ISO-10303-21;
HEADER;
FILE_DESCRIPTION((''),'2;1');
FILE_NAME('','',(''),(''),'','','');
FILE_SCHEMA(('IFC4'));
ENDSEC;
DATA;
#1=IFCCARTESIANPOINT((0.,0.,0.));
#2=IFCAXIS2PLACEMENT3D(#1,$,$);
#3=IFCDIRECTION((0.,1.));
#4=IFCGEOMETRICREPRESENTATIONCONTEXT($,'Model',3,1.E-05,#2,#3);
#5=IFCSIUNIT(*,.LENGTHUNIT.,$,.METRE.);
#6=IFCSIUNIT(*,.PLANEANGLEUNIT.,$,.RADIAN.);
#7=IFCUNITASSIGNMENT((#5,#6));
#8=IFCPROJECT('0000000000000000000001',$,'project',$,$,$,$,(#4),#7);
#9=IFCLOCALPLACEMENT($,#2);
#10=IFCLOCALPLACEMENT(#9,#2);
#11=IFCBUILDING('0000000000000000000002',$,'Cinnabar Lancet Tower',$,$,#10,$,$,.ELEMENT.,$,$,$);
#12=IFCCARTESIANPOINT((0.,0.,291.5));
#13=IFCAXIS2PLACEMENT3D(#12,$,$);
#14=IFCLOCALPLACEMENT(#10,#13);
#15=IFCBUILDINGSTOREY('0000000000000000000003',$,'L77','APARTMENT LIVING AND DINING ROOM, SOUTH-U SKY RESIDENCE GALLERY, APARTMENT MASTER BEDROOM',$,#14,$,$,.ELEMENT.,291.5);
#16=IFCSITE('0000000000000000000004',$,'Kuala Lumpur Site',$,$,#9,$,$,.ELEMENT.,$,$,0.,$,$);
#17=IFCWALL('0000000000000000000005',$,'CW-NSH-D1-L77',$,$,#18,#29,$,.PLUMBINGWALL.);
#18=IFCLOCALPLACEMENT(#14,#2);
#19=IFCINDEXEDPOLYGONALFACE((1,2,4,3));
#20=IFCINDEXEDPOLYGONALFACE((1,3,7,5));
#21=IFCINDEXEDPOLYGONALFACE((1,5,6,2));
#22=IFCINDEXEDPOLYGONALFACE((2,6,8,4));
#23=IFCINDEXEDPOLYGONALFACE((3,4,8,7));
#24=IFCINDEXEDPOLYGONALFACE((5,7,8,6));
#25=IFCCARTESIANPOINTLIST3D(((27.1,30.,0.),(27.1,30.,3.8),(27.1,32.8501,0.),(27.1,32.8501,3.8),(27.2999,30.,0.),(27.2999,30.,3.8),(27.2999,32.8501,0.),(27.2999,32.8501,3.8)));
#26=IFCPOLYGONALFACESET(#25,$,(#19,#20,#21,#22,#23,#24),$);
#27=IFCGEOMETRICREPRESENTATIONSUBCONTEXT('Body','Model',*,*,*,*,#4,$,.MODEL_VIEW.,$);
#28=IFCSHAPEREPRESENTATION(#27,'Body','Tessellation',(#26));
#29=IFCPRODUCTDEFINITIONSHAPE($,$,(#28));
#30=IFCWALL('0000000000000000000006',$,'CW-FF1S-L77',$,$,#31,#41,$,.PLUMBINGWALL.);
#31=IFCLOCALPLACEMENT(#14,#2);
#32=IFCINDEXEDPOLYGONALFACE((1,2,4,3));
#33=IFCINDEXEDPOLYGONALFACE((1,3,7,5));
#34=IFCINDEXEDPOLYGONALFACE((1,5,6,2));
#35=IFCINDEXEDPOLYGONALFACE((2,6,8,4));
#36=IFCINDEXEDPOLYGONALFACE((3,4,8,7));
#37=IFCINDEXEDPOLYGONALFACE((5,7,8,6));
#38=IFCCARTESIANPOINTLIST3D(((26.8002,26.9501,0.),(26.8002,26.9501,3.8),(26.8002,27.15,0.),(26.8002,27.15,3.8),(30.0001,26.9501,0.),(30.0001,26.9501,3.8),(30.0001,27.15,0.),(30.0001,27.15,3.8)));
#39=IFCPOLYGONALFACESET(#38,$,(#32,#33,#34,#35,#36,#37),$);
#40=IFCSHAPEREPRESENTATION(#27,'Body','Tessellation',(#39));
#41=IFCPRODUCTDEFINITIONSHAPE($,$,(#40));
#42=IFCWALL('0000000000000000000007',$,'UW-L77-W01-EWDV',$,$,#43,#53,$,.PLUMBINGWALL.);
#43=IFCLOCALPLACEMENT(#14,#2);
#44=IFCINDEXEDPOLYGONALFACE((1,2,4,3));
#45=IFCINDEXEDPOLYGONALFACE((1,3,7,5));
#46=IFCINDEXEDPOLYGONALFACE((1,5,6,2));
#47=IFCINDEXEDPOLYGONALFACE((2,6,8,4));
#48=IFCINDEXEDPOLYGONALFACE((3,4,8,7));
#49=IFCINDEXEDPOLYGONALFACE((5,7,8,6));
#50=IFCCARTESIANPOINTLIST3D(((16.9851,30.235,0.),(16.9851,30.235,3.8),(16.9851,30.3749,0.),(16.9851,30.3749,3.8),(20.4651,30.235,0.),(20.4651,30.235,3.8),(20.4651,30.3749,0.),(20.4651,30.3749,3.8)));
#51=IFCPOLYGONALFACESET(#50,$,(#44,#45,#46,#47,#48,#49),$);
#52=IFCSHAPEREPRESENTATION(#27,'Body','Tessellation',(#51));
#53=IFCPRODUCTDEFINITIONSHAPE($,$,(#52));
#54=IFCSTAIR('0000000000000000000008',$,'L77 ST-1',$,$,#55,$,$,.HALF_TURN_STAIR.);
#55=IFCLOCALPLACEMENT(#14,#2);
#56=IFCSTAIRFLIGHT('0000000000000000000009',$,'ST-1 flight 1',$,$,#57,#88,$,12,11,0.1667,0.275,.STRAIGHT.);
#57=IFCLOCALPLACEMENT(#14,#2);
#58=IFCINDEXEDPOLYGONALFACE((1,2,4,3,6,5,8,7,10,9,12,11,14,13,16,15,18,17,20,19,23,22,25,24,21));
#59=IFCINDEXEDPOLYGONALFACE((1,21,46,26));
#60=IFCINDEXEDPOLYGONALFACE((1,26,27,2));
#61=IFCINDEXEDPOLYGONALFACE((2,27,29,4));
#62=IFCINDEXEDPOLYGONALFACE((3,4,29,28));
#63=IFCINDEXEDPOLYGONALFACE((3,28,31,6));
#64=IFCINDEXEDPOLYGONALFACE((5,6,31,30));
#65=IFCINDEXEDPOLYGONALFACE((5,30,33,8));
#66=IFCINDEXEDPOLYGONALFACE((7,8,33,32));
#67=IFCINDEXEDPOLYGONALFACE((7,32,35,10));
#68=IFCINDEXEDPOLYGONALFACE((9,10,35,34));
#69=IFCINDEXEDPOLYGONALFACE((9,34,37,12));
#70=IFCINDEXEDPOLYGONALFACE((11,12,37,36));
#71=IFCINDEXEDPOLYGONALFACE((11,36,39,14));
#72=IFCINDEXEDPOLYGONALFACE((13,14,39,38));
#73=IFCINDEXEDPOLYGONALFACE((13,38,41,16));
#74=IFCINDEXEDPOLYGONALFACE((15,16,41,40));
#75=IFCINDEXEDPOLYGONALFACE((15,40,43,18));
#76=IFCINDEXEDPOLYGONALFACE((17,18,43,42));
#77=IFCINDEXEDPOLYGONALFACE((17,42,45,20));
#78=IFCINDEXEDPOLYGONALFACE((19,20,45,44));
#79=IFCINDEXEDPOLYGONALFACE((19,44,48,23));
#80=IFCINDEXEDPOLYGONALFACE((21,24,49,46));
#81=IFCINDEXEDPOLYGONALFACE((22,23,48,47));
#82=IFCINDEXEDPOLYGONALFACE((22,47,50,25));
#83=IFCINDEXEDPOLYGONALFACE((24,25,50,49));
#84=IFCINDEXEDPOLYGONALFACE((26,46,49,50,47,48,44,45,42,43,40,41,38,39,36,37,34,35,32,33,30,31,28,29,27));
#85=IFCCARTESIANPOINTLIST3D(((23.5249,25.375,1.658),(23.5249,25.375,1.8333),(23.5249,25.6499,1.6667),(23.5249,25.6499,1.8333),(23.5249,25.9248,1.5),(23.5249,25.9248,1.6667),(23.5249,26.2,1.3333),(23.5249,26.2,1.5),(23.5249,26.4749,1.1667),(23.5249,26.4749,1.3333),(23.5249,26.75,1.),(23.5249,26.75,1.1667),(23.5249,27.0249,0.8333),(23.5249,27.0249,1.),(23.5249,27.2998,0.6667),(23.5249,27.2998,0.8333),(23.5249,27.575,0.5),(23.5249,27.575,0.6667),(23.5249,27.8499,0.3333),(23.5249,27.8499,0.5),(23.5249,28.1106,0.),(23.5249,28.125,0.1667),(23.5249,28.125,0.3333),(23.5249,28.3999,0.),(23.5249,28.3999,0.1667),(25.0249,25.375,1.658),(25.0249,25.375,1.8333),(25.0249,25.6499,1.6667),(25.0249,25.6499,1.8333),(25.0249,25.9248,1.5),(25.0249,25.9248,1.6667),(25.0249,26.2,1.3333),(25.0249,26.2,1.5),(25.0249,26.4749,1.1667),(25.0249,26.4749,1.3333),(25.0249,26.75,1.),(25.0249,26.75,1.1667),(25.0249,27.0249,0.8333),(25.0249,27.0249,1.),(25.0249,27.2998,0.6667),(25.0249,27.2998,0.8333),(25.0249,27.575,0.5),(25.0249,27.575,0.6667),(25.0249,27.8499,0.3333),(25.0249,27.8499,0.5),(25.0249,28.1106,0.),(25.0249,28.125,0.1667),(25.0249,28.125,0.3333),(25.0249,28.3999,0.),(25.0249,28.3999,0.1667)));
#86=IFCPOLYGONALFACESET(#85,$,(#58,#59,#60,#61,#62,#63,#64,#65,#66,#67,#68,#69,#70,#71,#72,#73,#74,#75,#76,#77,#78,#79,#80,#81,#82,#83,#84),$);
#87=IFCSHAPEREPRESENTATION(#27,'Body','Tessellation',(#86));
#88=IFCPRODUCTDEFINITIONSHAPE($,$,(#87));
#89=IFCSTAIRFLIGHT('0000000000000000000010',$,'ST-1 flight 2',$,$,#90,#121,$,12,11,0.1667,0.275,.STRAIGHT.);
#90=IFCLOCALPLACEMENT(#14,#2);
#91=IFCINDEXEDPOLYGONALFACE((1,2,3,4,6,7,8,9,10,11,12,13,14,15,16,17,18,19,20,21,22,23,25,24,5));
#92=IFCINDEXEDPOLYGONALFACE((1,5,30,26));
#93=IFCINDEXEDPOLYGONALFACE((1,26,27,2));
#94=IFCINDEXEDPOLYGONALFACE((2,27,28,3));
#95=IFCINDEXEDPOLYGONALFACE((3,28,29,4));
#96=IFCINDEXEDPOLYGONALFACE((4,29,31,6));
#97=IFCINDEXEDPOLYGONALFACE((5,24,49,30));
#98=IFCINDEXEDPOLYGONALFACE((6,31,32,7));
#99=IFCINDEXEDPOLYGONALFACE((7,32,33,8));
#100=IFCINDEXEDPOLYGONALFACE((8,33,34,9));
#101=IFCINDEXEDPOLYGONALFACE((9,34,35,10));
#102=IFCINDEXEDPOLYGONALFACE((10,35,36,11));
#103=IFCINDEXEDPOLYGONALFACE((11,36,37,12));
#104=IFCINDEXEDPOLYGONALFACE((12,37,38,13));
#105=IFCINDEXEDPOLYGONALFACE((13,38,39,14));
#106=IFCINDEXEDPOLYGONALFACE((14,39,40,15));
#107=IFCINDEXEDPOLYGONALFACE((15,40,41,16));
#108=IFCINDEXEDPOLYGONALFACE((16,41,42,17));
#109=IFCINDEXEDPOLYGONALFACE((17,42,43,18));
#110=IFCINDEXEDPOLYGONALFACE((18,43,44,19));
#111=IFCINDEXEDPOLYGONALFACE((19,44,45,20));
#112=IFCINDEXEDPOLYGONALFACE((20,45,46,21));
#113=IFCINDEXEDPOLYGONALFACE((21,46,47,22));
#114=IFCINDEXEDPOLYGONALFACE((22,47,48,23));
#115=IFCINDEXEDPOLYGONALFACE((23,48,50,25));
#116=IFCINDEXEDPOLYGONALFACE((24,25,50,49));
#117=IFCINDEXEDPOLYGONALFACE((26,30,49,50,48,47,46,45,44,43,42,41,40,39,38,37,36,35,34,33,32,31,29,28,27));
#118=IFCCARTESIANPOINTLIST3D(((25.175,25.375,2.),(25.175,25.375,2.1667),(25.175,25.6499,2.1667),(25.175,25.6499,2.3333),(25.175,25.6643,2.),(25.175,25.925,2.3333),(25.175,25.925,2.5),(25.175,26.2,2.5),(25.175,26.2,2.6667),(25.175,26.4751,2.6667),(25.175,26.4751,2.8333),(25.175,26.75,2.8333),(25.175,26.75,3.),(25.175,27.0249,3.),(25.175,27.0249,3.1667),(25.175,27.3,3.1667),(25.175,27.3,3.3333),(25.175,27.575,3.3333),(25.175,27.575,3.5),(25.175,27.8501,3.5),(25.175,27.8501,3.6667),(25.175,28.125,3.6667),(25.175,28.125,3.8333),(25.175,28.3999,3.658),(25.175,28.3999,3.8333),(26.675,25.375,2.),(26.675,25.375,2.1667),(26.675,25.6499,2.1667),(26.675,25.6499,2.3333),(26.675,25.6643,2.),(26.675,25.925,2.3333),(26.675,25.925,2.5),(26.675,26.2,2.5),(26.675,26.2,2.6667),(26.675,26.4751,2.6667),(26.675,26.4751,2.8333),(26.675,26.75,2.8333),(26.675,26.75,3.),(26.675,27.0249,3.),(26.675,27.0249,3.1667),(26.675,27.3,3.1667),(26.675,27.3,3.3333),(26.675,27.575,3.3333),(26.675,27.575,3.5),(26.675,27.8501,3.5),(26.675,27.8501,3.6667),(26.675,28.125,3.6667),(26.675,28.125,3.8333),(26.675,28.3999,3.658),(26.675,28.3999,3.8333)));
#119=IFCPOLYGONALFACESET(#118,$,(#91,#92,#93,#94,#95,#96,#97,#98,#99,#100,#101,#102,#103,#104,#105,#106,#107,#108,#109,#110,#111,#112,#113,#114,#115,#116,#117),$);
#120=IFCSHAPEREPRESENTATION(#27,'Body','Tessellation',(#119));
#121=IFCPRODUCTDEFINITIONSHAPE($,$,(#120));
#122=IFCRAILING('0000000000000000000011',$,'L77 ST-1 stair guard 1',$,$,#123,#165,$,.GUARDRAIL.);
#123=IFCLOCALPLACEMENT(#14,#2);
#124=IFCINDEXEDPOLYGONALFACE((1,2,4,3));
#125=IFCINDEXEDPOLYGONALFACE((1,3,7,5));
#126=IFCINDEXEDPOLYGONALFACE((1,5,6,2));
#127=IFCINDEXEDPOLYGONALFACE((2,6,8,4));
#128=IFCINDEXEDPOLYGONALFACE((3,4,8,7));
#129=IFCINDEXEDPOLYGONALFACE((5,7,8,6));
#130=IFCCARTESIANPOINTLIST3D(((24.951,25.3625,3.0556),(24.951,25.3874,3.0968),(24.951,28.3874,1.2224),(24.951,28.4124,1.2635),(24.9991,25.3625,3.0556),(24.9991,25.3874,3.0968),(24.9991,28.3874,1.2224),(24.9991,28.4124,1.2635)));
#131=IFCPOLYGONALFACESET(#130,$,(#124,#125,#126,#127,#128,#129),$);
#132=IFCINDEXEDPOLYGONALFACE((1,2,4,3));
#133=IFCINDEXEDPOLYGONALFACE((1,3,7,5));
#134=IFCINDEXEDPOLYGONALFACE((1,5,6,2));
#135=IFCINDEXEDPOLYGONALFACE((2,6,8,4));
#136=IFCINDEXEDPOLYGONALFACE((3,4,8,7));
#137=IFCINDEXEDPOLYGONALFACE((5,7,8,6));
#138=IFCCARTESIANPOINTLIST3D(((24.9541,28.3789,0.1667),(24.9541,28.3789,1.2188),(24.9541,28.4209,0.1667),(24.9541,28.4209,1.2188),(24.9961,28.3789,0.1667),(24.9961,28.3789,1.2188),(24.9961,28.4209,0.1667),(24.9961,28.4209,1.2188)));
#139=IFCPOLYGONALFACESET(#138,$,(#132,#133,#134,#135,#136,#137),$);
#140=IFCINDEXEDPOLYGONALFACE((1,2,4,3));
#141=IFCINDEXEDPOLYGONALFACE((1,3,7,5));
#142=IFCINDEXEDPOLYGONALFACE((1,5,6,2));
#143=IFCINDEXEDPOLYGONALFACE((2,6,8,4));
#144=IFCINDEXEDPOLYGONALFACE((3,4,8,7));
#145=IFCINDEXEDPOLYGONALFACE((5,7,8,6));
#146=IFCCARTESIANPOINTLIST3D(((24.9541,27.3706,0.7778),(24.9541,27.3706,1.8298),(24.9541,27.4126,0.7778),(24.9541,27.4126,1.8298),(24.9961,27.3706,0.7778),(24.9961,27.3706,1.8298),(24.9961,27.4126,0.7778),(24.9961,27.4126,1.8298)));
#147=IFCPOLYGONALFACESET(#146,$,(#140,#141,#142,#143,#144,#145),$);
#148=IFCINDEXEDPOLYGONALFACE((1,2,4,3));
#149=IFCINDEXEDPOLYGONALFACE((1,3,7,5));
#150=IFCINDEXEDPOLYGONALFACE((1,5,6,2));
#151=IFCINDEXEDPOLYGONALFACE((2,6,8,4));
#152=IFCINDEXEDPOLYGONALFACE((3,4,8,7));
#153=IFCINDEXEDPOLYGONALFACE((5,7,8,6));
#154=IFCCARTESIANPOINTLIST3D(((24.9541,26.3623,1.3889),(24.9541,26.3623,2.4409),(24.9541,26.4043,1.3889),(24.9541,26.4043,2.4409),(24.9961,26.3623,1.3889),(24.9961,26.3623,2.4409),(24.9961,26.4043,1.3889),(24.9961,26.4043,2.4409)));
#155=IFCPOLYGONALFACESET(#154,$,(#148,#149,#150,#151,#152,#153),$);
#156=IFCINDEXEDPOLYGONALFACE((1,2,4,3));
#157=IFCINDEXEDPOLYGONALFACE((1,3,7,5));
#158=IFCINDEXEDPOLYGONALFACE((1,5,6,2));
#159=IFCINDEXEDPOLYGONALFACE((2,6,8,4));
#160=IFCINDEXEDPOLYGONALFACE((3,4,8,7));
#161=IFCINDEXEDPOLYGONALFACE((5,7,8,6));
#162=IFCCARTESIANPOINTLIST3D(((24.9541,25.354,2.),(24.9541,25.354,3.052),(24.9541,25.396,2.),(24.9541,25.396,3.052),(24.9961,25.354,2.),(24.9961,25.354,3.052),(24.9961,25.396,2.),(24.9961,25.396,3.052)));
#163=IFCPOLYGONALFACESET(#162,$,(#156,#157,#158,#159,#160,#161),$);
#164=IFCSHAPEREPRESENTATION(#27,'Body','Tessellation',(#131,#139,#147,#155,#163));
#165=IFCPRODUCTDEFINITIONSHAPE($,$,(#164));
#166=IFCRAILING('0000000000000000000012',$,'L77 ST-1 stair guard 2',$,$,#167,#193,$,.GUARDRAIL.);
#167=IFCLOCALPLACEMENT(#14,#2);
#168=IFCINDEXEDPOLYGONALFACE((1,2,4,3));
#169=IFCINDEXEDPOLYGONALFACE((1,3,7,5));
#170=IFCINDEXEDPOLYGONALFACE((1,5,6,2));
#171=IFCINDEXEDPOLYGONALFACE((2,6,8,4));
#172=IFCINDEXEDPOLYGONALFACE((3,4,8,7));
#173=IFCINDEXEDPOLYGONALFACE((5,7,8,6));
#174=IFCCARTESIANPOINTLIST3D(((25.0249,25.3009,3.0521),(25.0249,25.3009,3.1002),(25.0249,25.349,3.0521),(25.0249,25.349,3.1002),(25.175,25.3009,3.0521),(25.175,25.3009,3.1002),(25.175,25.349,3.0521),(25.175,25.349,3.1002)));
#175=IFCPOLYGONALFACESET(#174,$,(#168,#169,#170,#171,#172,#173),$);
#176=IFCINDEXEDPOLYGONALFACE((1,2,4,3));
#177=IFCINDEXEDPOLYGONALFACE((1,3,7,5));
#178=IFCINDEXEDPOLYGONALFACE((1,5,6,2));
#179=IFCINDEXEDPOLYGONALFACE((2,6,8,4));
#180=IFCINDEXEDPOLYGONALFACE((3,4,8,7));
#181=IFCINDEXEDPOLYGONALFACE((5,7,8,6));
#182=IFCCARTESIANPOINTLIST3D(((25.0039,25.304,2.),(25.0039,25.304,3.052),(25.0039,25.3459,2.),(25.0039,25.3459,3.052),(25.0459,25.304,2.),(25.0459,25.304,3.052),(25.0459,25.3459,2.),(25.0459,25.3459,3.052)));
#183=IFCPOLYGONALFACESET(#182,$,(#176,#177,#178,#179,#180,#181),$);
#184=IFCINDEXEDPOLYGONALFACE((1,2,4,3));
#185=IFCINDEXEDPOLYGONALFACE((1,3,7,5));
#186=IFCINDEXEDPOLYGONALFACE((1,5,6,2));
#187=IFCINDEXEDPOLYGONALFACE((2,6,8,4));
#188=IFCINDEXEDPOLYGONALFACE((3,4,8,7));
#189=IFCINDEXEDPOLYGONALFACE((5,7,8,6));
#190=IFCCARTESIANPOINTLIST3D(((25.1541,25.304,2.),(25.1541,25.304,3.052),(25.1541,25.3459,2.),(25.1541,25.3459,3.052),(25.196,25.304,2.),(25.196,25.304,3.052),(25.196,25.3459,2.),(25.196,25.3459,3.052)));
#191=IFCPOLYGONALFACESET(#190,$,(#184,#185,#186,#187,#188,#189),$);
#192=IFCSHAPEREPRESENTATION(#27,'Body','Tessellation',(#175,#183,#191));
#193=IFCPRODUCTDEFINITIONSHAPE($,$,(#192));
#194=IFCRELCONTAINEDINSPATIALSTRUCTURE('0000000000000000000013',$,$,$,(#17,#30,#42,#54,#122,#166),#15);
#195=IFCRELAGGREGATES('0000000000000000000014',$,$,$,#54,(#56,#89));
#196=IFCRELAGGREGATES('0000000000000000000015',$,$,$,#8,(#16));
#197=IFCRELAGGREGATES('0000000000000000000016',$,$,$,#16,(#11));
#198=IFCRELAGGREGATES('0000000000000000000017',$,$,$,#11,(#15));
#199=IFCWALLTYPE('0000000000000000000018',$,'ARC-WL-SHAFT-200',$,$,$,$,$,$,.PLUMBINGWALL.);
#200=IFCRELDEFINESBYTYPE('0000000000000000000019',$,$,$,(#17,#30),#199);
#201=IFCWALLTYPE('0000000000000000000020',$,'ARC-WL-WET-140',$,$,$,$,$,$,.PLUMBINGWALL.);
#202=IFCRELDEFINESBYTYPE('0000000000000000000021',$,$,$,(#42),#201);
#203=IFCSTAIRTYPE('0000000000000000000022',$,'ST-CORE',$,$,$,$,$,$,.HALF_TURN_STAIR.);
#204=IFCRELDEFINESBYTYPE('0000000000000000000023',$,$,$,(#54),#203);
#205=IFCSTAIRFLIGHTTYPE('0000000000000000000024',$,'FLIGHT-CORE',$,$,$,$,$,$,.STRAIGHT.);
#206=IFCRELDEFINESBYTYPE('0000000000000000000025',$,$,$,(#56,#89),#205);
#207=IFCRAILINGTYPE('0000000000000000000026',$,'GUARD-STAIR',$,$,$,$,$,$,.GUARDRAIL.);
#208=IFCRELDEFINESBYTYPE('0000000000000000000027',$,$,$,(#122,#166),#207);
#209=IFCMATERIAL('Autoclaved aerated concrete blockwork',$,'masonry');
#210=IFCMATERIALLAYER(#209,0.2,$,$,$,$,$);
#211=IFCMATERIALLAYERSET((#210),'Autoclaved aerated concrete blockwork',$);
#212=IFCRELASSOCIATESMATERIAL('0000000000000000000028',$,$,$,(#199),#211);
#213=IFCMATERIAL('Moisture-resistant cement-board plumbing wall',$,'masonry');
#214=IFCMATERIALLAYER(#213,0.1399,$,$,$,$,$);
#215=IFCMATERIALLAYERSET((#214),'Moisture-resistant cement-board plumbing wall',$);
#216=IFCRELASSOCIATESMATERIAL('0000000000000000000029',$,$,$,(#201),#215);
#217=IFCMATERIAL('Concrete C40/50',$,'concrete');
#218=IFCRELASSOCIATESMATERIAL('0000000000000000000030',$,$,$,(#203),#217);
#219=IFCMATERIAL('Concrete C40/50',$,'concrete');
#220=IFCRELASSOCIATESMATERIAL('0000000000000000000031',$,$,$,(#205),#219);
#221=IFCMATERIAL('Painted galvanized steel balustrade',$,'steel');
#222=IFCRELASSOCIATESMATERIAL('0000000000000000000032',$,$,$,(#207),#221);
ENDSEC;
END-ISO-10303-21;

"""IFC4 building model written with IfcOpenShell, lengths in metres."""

from ifc_helpers import new_model, si_unit, direction, frame, frame_2d, origin, origin_2d, place, context, subcontext, project, spatial, polyline, rectangle, outline, extrude, material, layer, layer_set, type_object, element, aggregate, save


model = new_model("IFC4")

# Units and contexts
model_context = context("Model", 3, precision=1e-05, world=origin(), true_north=direction((0.0, 1.0)))
body_context = subcontext(model_context, "Body", "Model", "MODEL_VIEW")
ifc_project = project(units=[si_unit("LENGTHUNIT", "METRE"), si_unit("PLANEANGLEUNIT", "RADIAN")], contexts=[model_context])

# Site, building, storey
site_placement = place(None, origin())
site = spatial("IfcSite", under=ifc_project, at=site_placement, Name="Kuala Lumpur Site", CompositionType="ELEMENT", RefElevation=0.0)
building_placement = place(site_placement, origin())
building = spatial("IfcBuilding", under=site, at=building_placement, Name="Cinnabar Lancet Tower", CompositionType="ELEMENT")
storey_placement = place(building_placement, frame((0.0, 0.0, 291.5)))
storey = spatial("IfcBuildingStorey", under=building, at=storey_placement, Name="L77", Description="APARTMENT LIVING AND DINING ROOM, SOUTH-U SKY RESIDENCE GALLERY, APARTMENT MASTER BEDROOM", CompositionType="ELEMENT", Elevation=291.5)

# Shared definitions
ifc_material_1 = material(Name="Autoclaved aerated concrete blockwork", Category="masonry")
ifc_layer_1 = layer(ifc_material_1, 0.2)
ifc_layer_set_1 = layer_set([ifc_layer_1], Name="Autoclaved aerated concrete blockwork")
wall_type_1 = type_object("IfcWallType", Name="ARC-WL-SHAFT-200", PredefinedType="PLUMBINGWALL", material=ifc_layer_set_1)

# Walls
wall_1_placement = place(storey_placement, frame((27.2, 30.0, 0.0), z_axis=(0.0, 0.0, 1.0), x_axis=(0.0, 1.0, 0.0)))
element("IfcWall", 1, at=wall_1_placement, inside=storey, type_object=wall_type_1, Name="CW-NSH-D1-L77", PredefinedType="PLUMBINGWALL", context=body_context, shape_type="SweptSolid", body=[
    extrude(rectangle(XDim=2.8501, YDim=0.2, at=frame_2d((1.425, 0.0))), origin(), (0.0, 0.0, 1.0), 3.8),
])
wall_2_placement = place(storey_placement, frame((26.8, 27.05, 0.0), z_axis=(0.0, 0.0, 1.0), x_axis=(1.0, 0.0, 0.0)))
element("IfcWall", 2, at=wall_2_placement, inside=storey, type_object=wall_type_1, Name="CW-FF1S-L77", PredefinedType="PLUMBINGWALL", context=body_context, shape_type="SweptSolid", body=[
    extrude(rectangle(XDim=3.2, YDim=0.2, at=frame_2d((1.6001, 0.0))), origin(), (0.0, 0.0, 1.0), 3.8),
])
ifc_material_2 = material(Name="Moisture-resistant cement-board plumbing wall", Category="masonry")
ifc_layer_2 = layer(ifc_material_2, 0.1399)
ifc_layer_set_2 = layer_set([ifc_layer_2], Name="Moisture-resistant cement-board plumbing wall")
wall_type_2 = type_object("IfcWallType", Name="ARC-WL-WET-140", PredefinedType="PLUMBINGWALL", material=ifc_layer_set_2)
wall_3_placement = place(storey_placement, frame((16.9851, 30.3049, 0.0), z_axis=(0.0, 0.0, 1.0), x_axis=(1.0, 0.0, 0.0)))
element("IfcWall", 3, at=wall_3_placement, inside=storey, type_object=wall_type_2, Name="UW-L77-W01-EWDV", PredefinedType="PLUMBINGWALL", context=body_context, shape_type="SweptSolid", body=[
    extrude(rectangle(XDim=3.48, YDim=0.1399, at=frame_2d((1.74, 0.0))), origin(), (0.0, 0.0, 1.0), 3.8),
])

# Stair, stair flights
ifc_material_3 = material(Name="Concrete C40/50", Category="concrete")
stair_type = type_object("IfcStairType", Name="ST-CORE", PredefinedType="HALF_TURN_STAIR", material=ifc_material_3)
stair_placement = place(storey_placement, origin())
stair = element("IfcStair", 4, at=stair_placement, inside=storey, type_object=stair_type, Name="L77 ST-1", PredefinedType="HALF_TURN_STAIR")
ifc_material_4 = material(Name="Concrete C40/50", Category="concrete")
stair_flight_type = type_object("IfcStairFlightType", Name="FLIGHT-CORE", PredefinedType="STRAIGHT", material=ifc_material_4)
stair_flight_1_placement = place(storey_placement, frame((24.2749, 28.3999, 0.0), z_axis=(0.0, 0.0, 1.0), x_axis=(0.0, -1.0, 0.0)))
stair_flight_1 = element("IfcStairFlight", 5, at=stair_flight_1_placement, type_object=stair_flight_type, Name="ST-1 flight 1", NumberOfRisers=12, NumberOfTreads=11, PredefinedType="STRAIGHT", RiserHeight=0.1667, TreadLength=0.275, context=body_context, shape_type="SweptSolid", body=[
    extrude(outline(polyline([(0.0, 0.0), (0.0, 0.1667), (0.2749, 0.1667), (0.2749, 0.3333), (0.55, 0.3333), (0.55, 0.5), (0.825, 0.5), (0.825, 0.6667), (1.1001, 0.6667), (1.1001, 0.8333), (1.375, 0.8333), (1.375, 1.0), (1.6499, 1.0), (1.6499, 1.1667), (1.925, 1.1667), (1.925, 1.3333), (2.2, 1.3333), (2.2, 1.5), (2.4751, 1.5), (2.4751, 1.6667), (2.75, 1.6667), (2.75, 1.8333), (3.0249, 1.8333), (3.0249, 2.0), (3.0249, 1.658), (0.2893, 0.0), (0.0, 0.0)])), frame((0.0, 0.75, 0.0), z_axis=(0.0, -1.0, 0.0), x_axis=(1.0, 0.0, 0.0)), (0.0, 0.0, 1.0), 1.5),
])
stair_flight_2_placement = place(storey_placement, frame((25.925, 25.375, 2.0), z_axis=(0.0, 0.0, 1.0), x_axis=(0.0, 1.0, 0.0)))
stair_flight_2 = element("IfcStairFlight", 6, at=stair_flight_2_placement, type_object=stair_flight_type, Name="ST-1 flight 2", NumberOfRisers=12, NumberOfTreads=11, PredefinedType="STRAIGHT", RiserHeight=0.1667, TreadLength=0.275, context=body_context, shape_type="SweptSolid", body=[
    extrude(outline(polyline([(0.0, 0.0), (0.0, 0.1667), (0.2749, 0.1667), (0.2749, 0.3333), (0.55, 0.3333), (0.55, 0.5), (0.825, 0.5), (0.825, 0.6667), (1.1001, 0.6667), (1.1001, 0.8333), (1.375, 0.8333), (1.375, 1.0), (1.6499, 1.0), (1.6499, 1.1667), (1.925, 1.1667), (1.925, 1.3333), (2.2, 1.3333), (2.2, 1.5), (2.4751, 1.5), (2.4751, 1.6667), (2.75, 1.6667), (2.75, 1.8333), (3.0249, 1.8333), (3.0249, 2.0), (3.0249, 1.658), (0.2893, 0.0), (0.0, 0.0)])), frame((0.0, 0.75, 0.0), z_axis=(0.0, -1.0, 0.0), x_axis=(1.0, 0.0, 0.0)), (0.0, 0.0, 1.0), 1.5),
])
aggregate(stair, [stair_flight_1, stair_flight_2])

# Railings
ifc_material_5 = material(Name="Painted galvanized steel balustrade", Category="steel")
railing_type_1 = type_object("IfcRailingType", Name="GUARD-STAIR", PredefinedType="GUARDRAIL", material=ifc_material_5)
railing_1_placement = place(storey_placement, frame((24.9751, 28.3999, 0.1667)))
element("IfcRailing", 7, at=railing_1_placement, inside=storey, type_object=railing_type_1, Name="L77 ST-1 stair guard 1", PredefinedType="GUARDRAIL", context=body_context, shape_type="SweptSolid", body=[
    extrude(rectangle(XDim=0.0481, YDim=0.0481, at=origin_2d()), frame((0.0, 0.0, 1.0762), z_axis=(0.0, -0.855201, 0.518297), x_axis=(1.0, 0.0, 0.0)), (0.0, 0.0, 1.0), 3.5371),
    extrude(rectangle(XDim=0.042, YDim=0.042, at=origin_2d()), origin(), (0.0, 0.0, 1.0), 1.052),
    extrude(rectangle(XDim=0.042, YDim=0.042, at=origin_2d()), frame((0.0, -1.0083, 0.6111)), (0.0, 0.0, 1.0), 1.052),
    extrude(rectangle(XDim=0.042, YDim=0.042, at=origin_2d()), frame((0.0, -2.0166, 1.2222)), (0.0, 0.0, 1.0), 1.052),
    extrude(rectangle(XDim=0.042, YDim=0.042, at=origin_2d()), frame((0.0, -3.0249, 1.8333)), (0.0, 0.0, 1.0), 1.052),
])
railing_2_placement = place(storey_placement, frame((25.0249, 25.325, 2.0)))
element("IfcRailing", 8, at=railing_2_placement, inside=storey, type_object=railing_type_1, Name="L77 ST-1 stair guard 2", PredefinedType="GUARDRAIL", context=body_context, shape_type="SweptSolid", body=[
    extrude(rectangle(XDim=0.0481, YDim=0.0481, at=origin_2d()), frame((0.0, 0.0, 1.0762), z_axis=(1.0, 0.0, 0.0), x_axis=(0.0, 1.0, 0.0)), (0.0, 0.0, 1.0), 0.1501),
    extrude(rectangle(XDim=0.042, YDim=0.042, at=origin_2d()), origin(), (0.0, 0.0, 1.0), 1.052),
    extrude(rectangle(XDim=0.042, YDim=0.042, at=origin_2d()), frame((0.1501, 0.0, 0.0)), (0.0, 0.0, 1.0), 1.052),
])

save(model, "model.ifc")
